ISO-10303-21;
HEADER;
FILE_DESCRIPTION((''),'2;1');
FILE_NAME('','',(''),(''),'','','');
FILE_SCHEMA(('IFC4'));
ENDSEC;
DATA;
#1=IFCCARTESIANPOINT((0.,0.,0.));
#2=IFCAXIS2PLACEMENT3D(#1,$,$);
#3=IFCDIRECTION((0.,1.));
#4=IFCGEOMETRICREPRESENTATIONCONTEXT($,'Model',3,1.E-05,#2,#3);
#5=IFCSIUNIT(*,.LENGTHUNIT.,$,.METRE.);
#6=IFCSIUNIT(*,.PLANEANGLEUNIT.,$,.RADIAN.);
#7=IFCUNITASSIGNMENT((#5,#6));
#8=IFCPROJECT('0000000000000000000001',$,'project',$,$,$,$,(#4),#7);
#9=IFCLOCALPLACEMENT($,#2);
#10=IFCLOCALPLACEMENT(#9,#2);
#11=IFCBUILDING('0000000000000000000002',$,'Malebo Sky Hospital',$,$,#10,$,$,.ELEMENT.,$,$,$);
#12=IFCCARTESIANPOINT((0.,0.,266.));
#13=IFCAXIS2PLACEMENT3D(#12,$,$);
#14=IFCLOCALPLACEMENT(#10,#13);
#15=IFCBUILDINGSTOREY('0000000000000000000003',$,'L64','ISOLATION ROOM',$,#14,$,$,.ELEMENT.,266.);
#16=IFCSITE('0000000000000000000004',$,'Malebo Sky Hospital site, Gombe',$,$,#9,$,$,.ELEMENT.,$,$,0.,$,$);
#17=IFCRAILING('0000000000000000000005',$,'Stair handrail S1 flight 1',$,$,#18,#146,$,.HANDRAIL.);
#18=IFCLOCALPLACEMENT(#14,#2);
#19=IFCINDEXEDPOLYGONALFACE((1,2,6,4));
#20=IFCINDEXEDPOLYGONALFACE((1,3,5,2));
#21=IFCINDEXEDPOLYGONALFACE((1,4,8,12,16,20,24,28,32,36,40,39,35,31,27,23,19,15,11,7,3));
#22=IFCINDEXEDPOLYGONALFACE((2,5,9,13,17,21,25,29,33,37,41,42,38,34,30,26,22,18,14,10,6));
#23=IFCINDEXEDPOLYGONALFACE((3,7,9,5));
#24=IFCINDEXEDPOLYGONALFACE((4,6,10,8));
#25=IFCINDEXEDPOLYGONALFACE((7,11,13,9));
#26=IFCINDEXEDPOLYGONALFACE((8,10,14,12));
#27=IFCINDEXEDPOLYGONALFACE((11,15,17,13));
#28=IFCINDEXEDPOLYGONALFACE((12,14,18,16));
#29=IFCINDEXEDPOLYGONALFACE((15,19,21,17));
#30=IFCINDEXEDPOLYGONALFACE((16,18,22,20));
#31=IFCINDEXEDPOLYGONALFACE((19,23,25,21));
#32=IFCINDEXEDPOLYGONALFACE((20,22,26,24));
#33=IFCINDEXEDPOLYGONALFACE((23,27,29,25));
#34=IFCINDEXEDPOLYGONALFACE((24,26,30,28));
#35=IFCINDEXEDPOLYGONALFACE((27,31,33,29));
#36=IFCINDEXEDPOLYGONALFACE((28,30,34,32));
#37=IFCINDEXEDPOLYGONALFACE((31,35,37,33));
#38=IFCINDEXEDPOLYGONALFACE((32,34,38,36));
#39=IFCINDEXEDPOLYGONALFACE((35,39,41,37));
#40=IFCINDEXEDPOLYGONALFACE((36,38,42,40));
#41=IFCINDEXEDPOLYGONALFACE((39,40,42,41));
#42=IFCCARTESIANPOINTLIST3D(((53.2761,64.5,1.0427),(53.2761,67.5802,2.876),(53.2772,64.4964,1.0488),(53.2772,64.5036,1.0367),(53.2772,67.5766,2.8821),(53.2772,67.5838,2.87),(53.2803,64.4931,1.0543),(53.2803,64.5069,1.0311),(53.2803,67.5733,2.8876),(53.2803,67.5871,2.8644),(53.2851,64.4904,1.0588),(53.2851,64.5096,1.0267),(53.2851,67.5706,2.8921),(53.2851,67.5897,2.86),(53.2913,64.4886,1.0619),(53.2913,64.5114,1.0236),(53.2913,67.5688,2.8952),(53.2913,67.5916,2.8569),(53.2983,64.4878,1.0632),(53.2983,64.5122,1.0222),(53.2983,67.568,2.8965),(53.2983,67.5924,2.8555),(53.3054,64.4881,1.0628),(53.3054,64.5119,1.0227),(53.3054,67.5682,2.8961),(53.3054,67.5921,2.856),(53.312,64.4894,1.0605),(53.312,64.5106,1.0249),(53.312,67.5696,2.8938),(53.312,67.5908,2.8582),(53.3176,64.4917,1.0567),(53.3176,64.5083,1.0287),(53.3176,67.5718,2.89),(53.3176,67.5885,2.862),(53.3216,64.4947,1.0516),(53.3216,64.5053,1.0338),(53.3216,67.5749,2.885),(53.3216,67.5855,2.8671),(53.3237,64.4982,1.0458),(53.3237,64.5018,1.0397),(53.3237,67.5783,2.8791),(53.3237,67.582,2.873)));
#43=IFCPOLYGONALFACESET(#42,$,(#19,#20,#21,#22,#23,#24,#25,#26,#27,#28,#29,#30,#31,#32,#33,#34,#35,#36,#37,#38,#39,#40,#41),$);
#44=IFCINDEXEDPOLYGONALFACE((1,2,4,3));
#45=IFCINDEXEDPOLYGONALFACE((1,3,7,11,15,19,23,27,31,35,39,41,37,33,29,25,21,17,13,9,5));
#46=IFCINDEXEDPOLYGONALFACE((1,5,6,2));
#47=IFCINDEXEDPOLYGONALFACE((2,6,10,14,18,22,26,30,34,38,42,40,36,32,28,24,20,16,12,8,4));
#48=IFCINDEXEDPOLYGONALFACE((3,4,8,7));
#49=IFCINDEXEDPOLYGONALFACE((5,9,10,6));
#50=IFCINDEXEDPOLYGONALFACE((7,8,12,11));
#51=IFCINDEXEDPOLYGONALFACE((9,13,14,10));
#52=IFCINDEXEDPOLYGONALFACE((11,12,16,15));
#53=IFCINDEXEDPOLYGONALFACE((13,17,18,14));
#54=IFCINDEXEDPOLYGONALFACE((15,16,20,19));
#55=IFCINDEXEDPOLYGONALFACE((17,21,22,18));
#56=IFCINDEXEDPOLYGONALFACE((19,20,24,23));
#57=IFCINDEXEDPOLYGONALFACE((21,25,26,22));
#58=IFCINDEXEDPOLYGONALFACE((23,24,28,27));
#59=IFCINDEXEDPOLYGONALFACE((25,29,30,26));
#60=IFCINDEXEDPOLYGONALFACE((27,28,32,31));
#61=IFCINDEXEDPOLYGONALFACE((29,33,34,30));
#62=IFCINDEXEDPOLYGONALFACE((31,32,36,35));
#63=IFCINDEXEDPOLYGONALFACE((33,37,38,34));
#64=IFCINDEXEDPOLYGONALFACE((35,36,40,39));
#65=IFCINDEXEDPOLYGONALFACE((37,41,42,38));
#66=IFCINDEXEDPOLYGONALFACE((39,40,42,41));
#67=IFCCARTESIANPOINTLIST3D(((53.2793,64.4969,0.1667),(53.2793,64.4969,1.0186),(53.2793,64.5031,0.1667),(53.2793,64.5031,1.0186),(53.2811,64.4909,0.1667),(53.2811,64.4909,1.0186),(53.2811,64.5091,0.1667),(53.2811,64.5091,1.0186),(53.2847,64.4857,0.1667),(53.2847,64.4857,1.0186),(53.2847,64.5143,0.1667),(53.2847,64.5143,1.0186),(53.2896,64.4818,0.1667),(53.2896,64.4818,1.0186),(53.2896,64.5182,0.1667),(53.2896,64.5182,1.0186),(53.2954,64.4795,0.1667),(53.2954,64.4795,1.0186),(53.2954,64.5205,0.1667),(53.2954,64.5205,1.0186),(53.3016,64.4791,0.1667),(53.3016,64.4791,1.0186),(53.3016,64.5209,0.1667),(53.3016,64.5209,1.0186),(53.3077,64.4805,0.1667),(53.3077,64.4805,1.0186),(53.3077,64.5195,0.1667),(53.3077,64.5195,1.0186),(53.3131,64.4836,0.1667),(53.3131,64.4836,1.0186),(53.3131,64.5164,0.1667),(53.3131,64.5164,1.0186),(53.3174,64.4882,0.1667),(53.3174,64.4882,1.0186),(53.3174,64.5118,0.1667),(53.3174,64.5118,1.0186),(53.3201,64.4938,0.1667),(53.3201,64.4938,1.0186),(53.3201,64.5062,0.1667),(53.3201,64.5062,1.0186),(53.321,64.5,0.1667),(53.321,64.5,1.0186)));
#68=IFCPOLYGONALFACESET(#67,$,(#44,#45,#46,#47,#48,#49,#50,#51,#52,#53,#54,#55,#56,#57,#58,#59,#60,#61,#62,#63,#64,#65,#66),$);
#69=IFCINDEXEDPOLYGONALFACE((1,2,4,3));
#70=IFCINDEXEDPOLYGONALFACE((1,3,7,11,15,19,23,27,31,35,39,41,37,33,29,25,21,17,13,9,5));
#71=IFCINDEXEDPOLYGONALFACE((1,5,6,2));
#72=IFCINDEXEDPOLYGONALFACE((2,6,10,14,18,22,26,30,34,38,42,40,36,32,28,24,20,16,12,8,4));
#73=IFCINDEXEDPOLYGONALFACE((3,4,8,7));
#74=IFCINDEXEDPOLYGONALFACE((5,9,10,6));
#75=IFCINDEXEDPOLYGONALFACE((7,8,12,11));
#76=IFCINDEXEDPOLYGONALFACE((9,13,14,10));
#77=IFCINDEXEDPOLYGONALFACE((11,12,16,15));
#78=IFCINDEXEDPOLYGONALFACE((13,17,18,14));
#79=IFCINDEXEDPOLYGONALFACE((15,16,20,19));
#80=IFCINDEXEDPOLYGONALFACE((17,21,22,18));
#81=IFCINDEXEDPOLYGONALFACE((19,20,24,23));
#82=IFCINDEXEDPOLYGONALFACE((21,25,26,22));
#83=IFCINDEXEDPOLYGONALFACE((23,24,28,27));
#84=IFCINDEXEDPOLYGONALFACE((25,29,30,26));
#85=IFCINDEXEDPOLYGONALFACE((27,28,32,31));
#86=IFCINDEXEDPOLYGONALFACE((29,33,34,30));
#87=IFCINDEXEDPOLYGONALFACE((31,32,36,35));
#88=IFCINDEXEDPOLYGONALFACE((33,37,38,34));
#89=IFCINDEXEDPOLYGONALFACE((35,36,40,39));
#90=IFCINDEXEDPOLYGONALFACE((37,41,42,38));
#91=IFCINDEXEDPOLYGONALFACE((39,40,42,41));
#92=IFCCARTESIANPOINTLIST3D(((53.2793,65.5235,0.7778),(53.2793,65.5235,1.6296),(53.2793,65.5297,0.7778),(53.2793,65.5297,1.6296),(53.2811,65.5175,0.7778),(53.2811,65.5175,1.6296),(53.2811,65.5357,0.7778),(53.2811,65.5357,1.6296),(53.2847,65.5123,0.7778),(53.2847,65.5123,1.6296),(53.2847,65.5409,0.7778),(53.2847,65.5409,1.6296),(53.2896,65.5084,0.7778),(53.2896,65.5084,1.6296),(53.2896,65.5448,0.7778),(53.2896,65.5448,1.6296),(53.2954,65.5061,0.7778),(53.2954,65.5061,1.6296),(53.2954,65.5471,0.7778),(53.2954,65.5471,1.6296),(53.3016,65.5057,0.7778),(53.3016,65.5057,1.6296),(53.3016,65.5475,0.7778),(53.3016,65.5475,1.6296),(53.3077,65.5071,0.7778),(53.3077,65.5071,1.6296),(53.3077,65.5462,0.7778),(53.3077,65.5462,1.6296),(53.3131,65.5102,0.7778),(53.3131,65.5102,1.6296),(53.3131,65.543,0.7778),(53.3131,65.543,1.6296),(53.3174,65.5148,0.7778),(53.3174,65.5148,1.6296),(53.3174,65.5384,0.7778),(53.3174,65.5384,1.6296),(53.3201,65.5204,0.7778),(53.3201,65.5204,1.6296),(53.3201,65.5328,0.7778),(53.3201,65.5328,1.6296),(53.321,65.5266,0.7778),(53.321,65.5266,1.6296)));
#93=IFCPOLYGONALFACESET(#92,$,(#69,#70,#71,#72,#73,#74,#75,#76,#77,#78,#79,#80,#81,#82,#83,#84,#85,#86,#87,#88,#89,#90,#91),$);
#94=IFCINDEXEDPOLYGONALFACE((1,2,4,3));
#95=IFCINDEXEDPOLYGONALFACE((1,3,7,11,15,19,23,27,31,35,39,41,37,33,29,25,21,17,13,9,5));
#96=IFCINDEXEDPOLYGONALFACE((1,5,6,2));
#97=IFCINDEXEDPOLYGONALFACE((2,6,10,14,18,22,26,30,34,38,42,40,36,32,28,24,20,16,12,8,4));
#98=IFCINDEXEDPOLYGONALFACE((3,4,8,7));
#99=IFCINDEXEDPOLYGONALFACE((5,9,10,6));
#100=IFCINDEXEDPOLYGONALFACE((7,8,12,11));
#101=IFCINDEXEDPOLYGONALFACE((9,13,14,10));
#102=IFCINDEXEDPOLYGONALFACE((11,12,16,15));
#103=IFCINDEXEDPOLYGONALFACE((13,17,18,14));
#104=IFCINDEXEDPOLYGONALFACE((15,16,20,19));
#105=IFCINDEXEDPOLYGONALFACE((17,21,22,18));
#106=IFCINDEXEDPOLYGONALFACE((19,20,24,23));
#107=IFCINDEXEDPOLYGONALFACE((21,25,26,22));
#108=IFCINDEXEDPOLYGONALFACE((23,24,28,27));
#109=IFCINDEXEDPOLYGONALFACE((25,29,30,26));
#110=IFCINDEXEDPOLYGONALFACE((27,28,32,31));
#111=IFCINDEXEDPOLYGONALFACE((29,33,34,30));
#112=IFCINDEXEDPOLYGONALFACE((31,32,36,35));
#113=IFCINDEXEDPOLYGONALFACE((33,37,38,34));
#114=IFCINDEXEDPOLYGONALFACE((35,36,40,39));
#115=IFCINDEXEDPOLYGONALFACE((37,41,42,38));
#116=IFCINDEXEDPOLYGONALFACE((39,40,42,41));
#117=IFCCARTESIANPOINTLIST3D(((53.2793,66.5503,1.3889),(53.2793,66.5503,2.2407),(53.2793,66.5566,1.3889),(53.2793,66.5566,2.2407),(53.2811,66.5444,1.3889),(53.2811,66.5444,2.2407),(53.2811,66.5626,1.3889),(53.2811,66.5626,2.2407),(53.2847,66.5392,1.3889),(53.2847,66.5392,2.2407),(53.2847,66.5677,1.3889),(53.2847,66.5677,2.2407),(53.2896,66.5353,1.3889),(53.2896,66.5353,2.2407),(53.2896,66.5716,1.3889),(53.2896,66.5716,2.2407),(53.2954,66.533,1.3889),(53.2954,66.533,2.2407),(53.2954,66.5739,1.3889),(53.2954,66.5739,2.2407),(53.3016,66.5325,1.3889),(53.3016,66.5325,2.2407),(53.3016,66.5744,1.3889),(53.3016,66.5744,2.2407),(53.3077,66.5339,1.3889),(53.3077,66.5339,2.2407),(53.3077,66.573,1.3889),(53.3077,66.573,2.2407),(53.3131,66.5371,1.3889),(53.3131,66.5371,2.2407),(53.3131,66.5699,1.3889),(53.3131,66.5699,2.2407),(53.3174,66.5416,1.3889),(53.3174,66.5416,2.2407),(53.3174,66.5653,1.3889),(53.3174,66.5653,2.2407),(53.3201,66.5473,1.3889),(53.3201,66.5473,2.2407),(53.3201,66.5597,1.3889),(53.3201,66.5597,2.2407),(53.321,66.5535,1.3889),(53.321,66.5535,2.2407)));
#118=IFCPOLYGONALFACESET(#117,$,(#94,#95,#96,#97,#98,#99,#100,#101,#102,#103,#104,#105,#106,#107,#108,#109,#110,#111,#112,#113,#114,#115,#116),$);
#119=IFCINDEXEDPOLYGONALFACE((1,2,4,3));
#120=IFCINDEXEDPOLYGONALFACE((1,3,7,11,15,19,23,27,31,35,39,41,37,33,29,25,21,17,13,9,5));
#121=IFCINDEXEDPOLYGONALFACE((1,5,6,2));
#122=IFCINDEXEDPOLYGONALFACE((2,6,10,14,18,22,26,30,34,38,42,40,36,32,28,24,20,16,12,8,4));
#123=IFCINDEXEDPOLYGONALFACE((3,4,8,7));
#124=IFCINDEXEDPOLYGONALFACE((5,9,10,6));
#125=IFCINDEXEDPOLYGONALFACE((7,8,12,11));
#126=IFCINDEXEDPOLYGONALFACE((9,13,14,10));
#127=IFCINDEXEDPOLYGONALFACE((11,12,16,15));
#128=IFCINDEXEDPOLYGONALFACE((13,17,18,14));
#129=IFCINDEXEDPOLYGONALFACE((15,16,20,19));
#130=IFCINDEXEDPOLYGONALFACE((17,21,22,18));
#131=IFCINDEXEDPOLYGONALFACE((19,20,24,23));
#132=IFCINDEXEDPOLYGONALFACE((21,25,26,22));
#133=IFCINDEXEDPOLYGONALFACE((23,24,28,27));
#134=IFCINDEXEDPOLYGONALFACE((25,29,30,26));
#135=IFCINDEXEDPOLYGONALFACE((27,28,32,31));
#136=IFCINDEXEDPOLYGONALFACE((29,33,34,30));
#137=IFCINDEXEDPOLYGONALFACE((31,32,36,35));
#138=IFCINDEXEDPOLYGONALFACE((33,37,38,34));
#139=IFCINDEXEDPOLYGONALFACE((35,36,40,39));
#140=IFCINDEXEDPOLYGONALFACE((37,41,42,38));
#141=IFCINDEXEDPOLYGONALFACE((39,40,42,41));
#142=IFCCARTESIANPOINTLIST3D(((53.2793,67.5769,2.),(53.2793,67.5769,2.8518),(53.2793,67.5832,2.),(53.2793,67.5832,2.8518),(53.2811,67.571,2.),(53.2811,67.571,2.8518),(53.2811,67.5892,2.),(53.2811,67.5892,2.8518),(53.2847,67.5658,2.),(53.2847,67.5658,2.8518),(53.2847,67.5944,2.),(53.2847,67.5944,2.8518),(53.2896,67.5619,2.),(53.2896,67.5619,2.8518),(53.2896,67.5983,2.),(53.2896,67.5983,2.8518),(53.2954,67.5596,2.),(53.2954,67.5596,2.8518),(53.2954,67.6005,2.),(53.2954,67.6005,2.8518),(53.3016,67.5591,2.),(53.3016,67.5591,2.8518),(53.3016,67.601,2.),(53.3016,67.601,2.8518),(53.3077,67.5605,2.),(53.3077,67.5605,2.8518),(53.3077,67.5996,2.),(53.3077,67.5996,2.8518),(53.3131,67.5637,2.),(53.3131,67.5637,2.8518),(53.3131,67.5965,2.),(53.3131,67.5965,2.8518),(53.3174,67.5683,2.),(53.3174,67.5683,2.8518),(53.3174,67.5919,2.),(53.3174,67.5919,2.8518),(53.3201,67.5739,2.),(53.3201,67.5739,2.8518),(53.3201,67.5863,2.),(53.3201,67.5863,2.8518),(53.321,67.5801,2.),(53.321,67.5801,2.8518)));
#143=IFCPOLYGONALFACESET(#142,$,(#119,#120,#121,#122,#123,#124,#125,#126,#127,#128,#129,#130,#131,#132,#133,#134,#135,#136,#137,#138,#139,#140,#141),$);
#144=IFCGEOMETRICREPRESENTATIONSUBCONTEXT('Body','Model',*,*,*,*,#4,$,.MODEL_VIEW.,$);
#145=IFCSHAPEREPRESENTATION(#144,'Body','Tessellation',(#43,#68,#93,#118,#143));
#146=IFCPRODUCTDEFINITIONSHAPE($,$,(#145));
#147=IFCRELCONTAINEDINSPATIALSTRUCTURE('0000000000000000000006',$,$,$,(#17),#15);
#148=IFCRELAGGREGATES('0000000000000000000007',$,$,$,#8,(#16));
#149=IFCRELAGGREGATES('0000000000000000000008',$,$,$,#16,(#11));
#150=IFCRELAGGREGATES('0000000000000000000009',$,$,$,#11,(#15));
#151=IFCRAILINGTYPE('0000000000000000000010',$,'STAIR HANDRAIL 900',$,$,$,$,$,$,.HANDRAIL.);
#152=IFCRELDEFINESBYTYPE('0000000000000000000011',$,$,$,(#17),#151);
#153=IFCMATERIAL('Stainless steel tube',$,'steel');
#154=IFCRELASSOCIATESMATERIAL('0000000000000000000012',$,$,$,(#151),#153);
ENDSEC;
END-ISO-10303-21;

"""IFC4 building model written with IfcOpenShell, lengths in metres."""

from ifc_helpers import new_model, si_unit, direction, frame, origin, origin_2d, place, context, subcontext, project, spatial, circle, extrude, material, type_object, element, save


model = new_model("IFC4")

# Units and contexts
model_context = context("Model", 3, precision=1e-05, world=origin(), true_north=direction((0.0, 1.0)))
body_context = subcontext(model_context, "Body", "Model", "MODEL_VIEW")
ifc_project = project(units=[si_unit("LENGTHUNIT", "METRE"), si_unit("PLANEANGLEUNIT", "RADIAN")], contexts=[model_context])

# Site, building, storey
site_placement = place(None, origin())
site = spatial("IfcSite", under=ifc_project, at=site_placement, Name="Malebo Sky Hospital site, Gombe", CompositionType="ELEMENT", RefElevation=0.0)
building_placement = place(site_placement, origin())
building = spatial("IfcBuilding", under=site, at=building_placement, Name="Malebo Sky Hospital", CompositionType="ELEMENT")
storey_placement = place(building_placement, frame((0.0, 0.0, 266.0)))
storey = spatial("IfcBuildingStorey", under=building, at=storey_placement, Name="L64", Description="ISOLATION ROOM", CompositionType="ELEMENT", Elevation=266.0)

# Railing
ifc_material_1 = material(Name="Stainless steel tube", Category="steel")
railing_type = type_object("IfcRailingType", Name="STAIR HANDRAIL 900", PredefinedType="HANDRAIL", material=ifc_material_1)
railing_placement = place(storey_placement, frame((53.3, 64.5, 0.1667)))
element("IfcRailing", 1, at=railing_placement, inside=storey, type_object=railing_type, Name="Stair handrail S1 flight 1", PredefinedType="HANDRAIL", context=body_context, shape_type="SweptSolid", body=[
    extrude(circle(Radius=0.0239, at=origin_2d()), frame((0.0, 0.0, 0.876), z_axis=(0.0, 0.859309, 0.511458), x_axis=(-1.0, 0.0, 0.0)), (0.0, 0.0, 1.0), 3.5845),
    extrude(circle(Radius=0.021, at=origin_2d()), origin(), (0.0, 0.0, 1.0), 0.8518),
    extrude(circle(Radius=0.021, at=origin_2d()), frame((0.0, 1.0266, 0.6111)), (0.0, 0.0, 1.0), 0.8518),
    extrude(circle(Radius=0.021, at=origin_2d()), frame((0.0, 2.0535, 1.2222)), (0.0, 0.0, 1.0), 0.8518),
    extrude(circle(Radius=0.021, at=origin_2d()), frame((0.0, 3.0801, 1.8333)), (0.0, 0.0, 1.0), 0.8518),
])

save(model, "model.ifc")
